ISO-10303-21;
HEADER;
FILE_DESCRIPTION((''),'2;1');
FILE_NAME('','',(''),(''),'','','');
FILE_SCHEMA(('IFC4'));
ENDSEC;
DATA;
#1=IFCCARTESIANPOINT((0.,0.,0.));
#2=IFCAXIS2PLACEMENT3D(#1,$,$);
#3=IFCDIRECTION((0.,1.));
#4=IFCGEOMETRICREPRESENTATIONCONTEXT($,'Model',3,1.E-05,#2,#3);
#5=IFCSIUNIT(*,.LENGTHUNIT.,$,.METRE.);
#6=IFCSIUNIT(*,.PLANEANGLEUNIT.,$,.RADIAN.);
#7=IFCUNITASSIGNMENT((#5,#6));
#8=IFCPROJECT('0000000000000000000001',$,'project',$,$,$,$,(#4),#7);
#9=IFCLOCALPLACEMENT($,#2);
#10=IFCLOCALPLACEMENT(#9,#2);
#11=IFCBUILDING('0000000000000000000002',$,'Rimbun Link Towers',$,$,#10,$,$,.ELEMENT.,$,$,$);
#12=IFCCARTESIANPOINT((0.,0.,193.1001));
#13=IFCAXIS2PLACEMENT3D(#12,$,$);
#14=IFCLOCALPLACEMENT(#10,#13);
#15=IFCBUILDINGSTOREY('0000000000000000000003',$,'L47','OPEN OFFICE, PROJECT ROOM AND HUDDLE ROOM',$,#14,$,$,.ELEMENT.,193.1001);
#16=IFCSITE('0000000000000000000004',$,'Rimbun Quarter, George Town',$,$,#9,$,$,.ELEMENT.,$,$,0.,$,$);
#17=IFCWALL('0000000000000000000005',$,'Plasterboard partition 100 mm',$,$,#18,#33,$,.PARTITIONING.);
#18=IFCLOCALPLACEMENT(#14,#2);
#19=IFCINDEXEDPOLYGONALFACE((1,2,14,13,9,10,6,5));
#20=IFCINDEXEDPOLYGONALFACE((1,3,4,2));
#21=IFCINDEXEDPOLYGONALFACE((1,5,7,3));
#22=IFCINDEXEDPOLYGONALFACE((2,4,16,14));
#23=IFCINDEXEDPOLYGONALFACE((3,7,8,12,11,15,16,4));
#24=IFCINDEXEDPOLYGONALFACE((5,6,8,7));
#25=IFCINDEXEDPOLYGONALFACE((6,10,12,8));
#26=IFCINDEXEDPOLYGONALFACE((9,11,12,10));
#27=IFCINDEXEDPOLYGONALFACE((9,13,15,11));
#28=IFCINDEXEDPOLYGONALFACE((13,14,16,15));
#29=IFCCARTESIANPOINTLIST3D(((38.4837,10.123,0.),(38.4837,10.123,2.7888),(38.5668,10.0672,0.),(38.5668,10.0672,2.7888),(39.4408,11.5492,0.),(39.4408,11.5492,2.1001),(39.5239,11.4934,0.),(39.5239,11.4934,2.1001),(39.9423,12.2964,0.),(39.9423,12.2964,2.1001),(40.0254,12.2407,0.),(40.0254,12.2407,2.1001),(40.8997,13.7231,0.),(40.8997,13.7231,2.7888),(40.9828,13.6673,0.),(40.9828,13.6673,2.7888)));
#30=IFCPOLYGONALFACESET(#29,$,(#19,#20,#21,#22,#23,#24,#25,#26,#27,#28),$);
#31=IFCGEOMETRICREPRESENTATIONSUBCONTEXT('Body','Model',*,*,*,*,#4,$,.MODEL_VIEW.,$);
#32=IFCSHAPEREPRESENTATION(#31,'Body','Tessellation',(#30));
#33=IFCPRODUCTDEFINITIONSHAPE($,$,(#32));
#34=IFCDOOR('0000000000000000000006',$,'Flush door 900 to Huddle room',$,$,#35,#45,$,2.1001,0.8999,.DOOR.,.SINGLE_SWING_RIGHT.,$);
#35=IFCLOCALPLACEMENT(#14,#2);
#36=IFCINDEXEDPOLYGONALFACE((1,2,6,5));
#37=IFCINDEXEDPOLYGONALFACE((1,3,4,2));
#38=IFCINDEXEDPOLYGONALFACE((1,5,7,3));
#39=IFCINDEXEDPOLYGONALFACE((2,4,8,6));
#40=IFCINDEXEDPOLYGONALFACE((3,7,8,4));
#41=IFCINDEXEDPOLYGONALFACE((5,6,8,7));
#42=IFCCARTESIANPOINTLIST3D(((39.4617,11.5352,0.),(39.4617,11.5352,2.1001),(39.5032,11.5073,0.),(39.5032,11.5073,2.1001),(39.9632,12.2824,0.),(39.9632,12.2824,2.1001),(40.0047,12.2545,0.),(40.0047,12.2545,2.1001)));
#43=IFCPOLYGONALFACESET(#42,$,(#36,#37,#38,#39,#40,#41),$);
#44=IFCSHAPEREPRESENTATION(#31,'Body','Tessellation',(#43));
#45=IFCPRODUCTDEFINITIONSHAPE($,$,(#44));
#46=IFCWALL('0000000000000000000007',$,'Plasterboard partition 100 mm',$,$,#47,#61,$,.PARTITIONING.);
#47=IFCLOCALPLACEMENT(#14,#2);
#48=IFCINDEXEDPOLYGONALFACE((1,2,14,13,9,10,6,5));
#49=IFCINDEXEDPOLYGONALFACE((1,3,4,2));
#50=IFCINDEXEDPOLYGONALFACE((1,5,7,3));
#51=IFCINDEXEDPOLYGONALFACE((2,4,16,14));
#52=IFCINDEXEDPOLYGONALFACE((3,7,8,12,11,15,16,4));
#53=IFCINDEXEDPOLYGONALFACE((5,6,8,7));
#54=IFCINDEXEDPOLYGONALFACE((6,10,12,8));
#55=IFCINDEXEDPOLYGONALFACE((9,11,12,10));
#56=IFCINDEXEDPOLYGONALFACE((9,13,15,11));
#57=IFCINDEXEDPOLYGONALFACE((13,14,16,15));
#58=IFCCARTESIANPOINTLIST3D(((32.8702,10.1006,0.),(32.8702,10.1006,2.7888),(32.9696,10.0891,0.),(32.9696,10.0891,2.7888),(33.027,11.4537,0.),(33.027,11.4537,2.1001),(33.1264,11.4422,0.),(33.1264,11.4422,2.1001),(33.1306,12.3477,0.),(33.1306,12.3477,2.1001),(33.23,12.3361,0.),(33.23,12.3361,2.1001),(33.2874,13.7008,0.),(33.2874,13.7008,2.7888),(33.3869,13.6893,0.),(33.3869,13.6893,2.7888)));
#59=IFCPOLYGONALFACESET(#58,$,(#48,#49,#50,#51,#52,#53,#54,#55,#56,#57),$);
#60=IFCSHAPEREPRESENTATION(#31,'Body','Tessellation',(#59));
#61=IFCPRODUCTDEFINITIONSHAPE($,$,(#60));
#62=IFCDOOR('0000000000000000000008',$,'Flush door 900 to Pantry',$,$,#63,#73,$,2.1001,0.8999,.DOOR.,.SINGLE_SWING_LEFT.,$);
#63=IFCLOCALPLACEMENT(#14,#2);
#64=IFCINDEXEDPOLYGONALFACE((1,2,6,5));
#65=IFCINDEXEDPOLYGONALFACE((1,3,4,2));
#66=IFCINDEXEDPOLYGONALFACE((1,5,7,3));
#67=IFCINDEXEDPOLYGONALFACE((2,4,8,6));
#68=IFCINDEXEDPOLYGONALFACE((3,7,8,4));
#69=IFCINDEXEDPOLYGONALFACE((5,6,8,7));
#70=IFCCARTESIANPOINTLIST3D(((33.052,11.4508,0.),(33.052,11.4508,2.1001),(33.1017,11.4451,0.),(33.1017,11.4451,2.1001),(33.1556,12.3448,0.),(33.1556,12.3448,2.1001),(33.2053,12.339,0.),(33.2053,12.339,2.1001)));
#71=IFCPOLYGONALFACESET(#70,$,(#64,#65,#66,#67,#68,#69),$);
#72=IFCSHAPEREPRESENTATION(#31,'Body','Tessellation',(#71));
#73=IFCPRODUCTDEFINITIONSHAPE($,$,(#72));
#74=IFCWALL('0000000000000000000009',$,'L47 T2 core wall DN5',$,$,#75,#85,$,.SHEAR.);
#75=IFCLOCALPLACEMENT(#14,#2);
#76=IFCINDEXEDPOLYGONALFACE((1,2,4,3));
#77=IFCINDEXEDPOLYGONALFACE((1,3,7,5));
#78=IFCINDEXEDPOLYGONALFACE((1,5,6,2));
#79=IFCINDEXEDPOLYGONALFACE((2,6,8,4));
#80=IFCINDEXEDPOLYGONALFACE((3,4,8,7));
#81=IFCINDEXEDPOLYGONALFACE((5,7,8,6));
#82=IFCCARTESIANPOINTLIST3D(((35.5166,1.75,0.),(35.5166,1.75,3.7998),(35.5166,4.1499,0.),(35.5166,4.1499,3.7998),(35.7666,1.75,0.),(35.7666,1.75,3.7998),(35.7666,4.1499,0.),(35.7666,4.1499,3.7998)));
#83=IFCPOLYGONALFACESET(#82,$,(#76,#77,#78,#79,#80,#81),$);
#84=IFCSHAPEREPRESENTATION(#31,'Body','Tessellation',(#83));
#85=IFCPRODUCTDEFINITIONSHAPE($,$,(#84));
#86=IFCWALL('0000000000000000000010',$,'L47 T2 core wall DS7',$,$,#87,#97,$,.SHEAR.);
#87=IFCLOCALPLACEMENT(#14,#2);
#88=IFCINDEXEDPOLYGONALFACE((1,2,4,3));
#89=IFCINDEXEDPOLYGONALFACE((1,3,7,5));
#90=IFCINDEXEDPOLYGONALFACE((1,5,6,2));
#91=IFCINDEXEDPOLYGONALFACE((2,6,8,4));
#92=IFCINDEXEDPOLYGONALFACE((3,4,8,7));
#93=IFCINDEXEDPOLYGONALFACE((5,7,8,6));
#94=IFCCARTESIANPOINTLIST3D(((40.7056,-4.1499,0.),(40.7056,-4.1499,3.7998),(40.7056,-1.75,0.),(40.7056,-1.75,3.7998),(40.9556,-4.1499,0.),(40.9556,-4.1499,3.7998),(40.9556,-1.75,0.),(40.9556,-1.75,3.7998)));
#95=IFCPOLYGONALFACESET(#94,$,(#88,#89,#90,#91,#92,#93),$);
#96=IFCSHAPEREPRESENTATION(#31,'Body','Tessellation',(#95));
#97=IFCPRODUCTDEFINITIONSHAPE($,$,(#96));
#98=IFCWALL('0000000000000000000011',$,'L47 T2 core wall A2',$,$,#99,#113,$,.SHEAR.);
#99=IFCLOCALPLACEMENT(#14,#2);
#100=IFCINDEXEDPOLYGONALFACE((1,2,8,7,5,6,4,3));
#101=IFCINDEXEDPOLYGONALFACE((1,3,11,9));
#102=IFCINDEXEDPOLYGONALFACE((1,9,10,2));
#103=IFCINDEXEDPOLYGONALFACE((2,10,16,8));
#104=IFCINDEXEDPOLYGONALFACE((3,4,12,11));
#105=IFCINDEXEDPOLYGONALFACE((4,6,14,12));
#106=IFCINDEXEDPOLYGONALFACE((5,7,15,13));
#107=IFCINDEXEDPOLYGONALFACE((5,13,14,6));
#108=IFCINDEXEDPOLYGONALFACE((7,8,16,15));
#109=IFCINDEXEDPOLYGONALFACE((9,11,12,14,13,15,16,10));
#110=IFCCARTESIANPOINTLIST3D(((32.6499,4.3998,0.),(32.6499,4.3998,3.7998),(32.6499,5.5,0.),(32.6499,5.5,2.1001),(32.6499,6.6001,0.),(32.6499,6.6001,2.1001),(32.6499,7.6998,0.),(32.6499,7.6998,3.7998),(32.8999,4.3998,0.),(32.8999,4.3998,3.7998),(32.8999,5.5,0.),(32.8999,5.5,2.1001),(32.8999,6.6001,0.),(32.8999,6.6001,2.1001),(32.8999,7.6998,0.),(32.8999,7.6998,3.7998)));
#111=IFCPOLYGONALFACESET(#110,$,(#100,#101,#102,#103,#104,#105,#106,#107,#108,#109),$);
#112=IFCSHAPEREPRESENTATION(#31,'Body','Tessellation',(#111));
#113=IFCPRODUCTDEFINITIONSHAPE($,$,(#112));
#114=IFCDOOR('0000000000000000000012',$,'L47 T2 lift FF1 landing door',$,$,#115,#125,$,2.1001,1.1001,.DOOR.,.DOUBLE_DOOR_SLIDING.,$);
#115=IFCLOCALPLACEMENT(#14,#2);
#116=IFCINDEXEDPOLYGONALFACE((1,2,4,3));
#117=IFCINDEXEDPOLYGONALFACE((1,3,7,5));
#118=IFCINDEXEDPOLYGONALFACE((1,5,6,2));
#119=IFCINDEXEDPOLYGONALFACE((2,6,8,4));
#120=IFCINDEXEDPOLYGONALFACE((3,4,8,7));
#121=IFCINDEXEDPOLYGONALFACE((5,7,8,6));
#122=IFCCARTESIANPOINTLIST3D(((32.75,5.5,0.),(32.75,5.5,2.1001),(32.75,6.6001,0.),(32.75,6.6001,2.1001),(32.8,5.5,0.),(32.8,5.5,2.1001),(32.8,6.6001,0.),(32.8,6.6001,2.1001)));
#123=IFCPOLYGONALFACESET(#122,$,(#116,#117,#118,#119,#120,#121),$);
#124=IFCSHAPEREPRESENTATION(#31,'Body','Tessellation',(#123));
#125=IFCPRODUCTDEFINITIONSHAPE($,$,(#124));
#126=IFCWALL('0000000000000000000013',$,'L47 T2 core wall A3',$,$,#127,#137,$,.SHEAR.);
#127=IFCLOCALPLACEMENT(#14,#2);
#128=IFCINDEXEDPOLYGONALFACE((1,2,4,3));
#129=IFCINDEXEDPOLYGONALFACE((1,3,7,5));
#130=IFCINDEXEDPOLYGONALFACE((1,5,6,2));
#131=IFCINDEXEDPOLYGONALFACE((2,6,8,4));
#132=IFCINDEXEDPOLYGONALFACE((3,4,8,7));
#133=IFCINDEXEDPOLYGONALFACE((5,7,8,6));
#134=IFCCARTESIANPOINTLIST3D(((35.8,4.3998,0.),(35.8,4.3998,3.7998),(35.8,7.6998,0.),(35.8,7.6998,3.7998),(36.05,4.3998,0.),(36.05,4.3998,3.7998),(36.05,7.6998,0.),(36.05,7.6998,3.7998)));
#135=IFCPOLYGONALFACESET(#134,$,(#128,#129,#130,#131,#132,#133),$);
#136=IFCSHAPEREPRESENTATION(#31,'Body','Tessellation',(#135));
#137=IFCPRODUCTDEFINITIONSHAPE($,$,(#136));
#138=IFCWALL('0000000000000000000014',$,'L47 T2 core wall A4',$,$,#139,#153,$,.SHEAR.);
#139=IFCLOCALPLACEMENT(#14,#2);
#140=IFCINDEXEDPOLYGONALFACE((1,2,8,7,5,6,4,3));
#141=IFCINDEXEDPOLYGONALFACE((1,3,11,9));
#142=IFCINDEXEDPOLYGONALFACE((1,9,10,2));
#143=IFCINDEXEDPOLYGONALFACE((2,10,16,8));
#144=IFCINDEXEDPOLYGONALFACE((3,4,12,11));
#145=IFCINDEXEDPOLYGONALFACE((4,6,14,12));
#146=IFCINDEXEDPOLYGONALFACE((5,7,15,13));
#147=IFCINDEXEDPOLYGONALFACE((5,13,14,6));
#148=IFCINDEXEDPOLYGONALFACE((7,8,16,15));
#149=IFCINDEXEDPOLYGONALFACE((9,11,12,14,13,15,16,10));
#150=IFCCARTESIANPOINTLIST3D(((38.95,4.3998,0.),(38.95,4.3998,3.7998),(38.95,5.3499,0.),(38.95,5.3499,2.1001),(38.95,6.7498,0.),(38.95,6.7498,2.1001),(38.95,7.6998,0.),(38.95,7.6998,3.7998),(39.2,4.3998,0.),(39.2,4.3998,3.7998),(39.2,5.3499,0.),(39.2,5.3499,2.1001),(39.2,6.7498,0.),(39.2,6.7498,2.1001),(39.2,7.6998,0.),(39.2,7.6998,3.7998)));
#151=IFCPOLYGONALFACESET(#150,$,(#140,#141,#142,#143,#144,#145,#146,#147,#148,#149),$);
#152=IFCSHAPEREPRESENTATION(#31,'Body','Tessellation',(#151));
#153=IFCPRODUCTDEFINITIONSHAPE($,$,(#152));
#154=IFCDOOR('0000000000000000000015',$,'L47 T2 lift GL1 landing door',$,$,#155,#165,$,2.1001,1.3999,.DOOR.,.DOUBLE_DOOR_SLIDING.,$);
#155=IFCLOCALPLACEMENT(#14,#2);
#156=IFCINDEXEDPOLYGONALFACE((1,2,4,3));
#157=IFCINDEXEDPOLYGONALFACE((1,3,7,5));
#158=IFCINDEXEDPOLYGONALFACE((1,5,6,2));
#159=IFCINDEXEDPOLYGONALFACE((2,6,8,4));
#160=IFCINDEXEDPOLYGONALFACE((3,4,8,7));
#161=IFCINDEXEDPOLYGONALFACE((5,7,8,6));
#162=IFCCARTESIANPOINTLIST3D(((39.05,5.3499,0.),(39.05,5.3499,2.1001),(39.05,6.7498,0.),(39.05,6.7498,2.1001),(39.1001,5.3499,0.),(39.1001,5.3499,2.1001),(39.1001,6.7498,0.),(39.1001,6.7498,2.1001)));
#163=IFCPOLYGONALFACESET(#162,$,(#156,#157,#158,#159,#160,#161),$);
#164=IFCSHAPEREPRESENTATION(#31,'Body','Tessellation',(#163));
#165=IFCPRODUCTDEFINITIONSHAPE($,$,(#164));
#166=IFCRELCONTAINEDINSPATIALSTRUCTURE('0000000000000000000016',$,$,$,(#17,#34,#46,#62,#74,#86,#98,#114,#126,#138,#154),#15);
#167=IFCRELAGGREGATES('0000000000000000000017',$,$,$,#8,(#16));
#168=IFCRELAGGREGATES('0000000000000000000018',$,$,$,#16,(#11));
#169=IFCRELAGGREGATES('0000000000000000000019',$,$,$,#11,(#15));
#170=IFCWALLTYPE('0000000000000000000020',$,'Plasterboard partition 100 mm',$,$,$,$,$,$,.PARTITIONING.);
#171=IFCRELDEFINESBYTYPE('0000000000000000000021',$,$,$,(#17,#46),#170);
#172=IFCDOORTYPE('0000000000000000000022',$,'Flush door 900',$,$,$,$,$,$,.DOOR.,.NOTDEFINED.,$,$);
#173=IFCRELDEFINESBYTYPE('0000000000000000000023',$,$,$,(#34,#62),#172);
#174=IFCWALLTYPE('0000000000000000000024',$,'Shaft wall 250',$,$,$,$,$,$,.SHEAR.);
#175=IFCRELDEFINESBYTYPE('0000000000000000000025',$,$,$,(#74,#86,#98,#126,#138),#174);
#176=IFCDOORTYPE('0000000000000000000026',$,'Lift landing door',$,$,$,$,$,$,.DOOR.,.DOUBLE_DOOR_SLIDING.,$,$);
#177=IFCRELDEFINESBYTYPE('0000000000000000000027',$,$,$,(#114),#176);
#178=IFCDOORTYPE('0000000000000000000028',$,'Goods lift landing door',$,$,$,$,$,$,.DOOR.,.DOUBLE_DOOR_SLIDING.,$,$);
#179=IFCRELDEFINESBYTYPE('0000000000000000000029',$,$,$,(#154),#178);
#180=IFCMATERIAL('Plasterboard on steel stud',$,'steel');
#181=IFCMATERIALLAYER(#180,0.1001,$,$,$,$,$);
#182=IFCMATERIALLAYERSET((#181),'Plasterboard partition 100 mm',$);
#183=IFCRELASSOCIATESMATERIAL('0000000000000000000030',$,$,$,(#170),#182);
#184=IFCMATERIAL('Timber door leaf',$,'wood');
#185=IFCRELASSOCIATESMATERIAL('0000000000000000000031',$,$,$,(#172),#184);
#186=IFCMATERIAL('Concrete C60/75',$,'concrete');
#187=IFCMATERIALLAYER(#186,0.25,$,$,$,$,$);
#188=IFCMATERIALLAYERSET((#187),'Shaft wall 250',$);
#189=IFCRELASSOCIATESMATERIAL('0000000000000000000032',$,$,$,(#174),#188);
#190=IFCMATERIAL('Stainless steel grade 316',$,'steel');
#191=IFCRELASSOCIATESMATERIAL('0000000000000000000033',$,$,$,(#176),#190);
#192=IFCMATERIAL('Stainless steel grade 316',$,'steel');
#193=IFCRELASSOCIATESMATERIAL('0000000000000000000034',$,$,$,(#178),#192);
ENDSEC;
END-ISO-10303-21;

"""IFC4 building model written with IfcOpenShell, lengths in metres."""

from ifc_helpers import new_model, si_unit, direction, frame, frame_2d, origin, place, context, subcontext, project, spatial, rectangle, extrude, material, layer, layer_set, type_object, element, fill, save


model = new_model("IFC4")

# Units and contexts
model_context = context("Model", 3, precision=1e-05, world=origin(), true_north=direction((0.0, 1.0)))
body_context = subcontext(model_context, "Body", "Model", "MODEL_VIEW")
ifc_project = project(units=[si_unit("LENGTHUNIT", "METRE"), si_unit("PLANEANGLEUNIT", "RADIAN")], contexts=[model_context])

# Site, building, storey
site_placement = place(None, origin())
site = spatial("IfcSite", under=ifc_project, at=site_placement, Name="Rimbun Quarter, George Town", CompositionType="ELEMENT", RefElevation=0.0)
building_placement = place(site_placement, origin())
building = spatial("IfcBuilding", under=site, at=building_placement, Name="Rimbun Link Towers", CompositionType="ELEMENT")
storey_placement = place(building_placement, frame((0.0, 0.0, 193.1001)))
storey = spatial("IfcBuildingStorey", under=building, at=storey_placement, Name="L47", Description="OPEN OFFICE, PROJECT ROOM AND HUDDLE ROOM", CompositionType="ELEMENT", Elevation=193.1001)

# Walls, openings, doors
ifc_material_1 = material(Name="Plasterboard on steel stud", Category="steel")
ifc_layer_1 = layer(ifc_material_1, 0.1001)
ifc_layer_set_1 = layer_set([ifc_layer_1], Name="Plasterboard partition 100 mm")
wall_type_1 = type_object("IfcWallType", Name="Plasterboard partition 100 mm", PredefinedType="PARTITIONING", material=ifc_layer_set_1)
wall_1_placement = place(storey_placement, frame((38.5251, 10.095, 0.0), z_axis=(0.0, 0.0, 1.0), x_axis=(0.557245, 0.830348, 0.0)))
wall_1 = element("IfcWall", 1, at=wall_1_placement, inside=storey, type_object=wall_type_1, Name="Plasterboard partition 100 mm", PredefinedType="PARTITIONING", context=body_context, shape_type="SweptSolid", body=[
    extrude(rectangle(XDim=4.3357, YDim=0.1001, at=frame_2d((2.168, 0.0))), origin(), (0.0, 0.0, 1.0), 2.7888),
])
opening_1_placement = place(wall_1_placement, frame((1.7178, 0.0, 0.0)))
opening_1 = element("IfcOpeningElement", 2, at=opening_1_placement, cuts=wall_1, PredefinedType="OPENING", context=body_context, shape_type="SweptSolid", body=[
    extrude(rectangle(XDim=0.8999, YDim=2.1001, at=frame_2d((0.45, 1.05))), frame((0.0, 0.0601, 0.0), z_axis=(0.0, -1.0, 0.0), x_axis=(1.0, 0.0, 0.0)), (0.0, 0.0, 1.0), 0.1201),
])
ifc_material_2 = material(Name="Timber door leaf", Category="wood")
door_type_1 = type_object("IfcDoorType", Name="Flush door 900", OperationType="NOTDEFINED", PredefinedType="DOOR", material=ifc_material_2)
door_1_placement = place(opening_1_placement, origin())
door_1 = element("IfcDoor", 3, at=door_1_placement, inside=storey, type_object=door_type_1, Name="Flush door 900 to Huddle room", OperationType="SINGLE_SWING_RIGHT", OverallHeight=2.1001, OverallWidth=0.8999, PredefinedType="DOOR", context=body_context, shape_type="SweptSolid", body=[
    extrude(rectangle(XDim=0.8999, YDim=2.1001, at=frame_2d((0.45, 1.05))), frame((0.0, 0.0249, 0.0), z_axis=(0.0, -1.0, 0.0), x_axis=(1.0, 0.0, 0.0)), (0.0, 0.0, 1.0), 0.05),
])
fill(opening_1, door_1)
wall_2_placement = place(storey_placement, frame((32.9199, 10.095, 0.0), z_axis=(0.0, 0.0, 1.0), x_axis=(0.115125, 0.993351, 0.0)))
wall_2 = element("IfcWall", 4, at=wall_2_placement, inside=storey, type_object=wall_type_1, Name="Plasterboard partition 100 mm", PredefinedType="PARTITIONING", context=body_context, shape_type="SweptSolid", body=[
    extrude(rectangle(XDim=3.6243, YDim=0.1001, at=frame_2d((1.812, 0.0))), origin(), (0.0, 0.0, 1.0), 2.7888),
])
opening_2_placement = place(wall_2_placement, frame((1.3621, 0.0, 0.0)))
opening_2 = element("IfcOpeningElement", 5, at=opening_2_placement, cuts=wall_2, PredefinedType="OPENING", context=body_context, shape_type="SweptSolid", body=[
    extrude(rectangle(XDim=0.8999, YDim=2.1001, at=frame_2d((0.45, 1.05))), frame((0.0, 0.0601, 0.0), z_axis=(0.0, -1.0, 0.0), x_axis=(1.0, 0.0, 0.0)), (0.0, 0.0, 1.0), 0.1201),
])
door_2_placement = place(opening_2_placement, origin())
door_2 = element("IfcDoor", 6, at=door_2_placement, inside=storey, type_object=door_type_1, Name="Flush door 900 to Pantry", OperationType="SINGLE_SWING_LEFT", OverallHeight=2.1001, OverallWidth=0.8999, PredefinedType="DOOR", context=body_context, shape_type="SweptSolid", body=[
    extrude(rectangle(XDim=0.8999, YDim=2.1001, at=frame_2d((0.45, 1.05))), frame((0.0, 0.0249, 0.0), z_axis=(0.0, -1.0, 0.0), x_axis=(1.0, 0.0, 0.0)), (0.0, 0.0, 1.0), 0.05),
])
fill(opening_2, door_2)

# Walls
ifc_material_3 = material(Name="Concrete C60/75", Category="concrete")
ifc_layer_2 = layer(ifc_material_3, 0.25)
ifc_layer_set_2 = layer_set([ifc_layer_2], Name="Shaft wall 250")
wall_type_2 = type_object("IfcWallType", Name="Shaft wall 250", PredefinedType="SHEAR", material=ifc_layer_set_2)
for number, where, z_axis, x_axis, name in (
    (7, (35.6416, 1.75, 0.0), (0.0, 0.0, 1.0), (0.0, 1.0, 0.0), "L47 T2 core wall DN5"),
    (8, (40.8306, -4.1499, 0.0), (0.0, 0.0, 1.0), (0.0, 1.0, 0.0), "L47 T2 core wall DS7"),
):
    element("IfcWall", number, at=place(storey_placement, frame(where, z_axis=z_axis, x_axis=x_axis)), inside=storey, type_object=wall_type_2, Name=name, PredefinedType="SHEAR", context=body_context, shape_type="SweptSolid", body=[
        extrude(rectangle(XDim=2.3999, YDim=0.25, at=frame_2d((1.2, 0.0))), origin(), (0.0, 0.0, 1.0), 3.7998),
    ])

# Wall, opening, door
wall_3_placement = place(storey_placement, frame((32.7749, 4.3999, 0.0), z_axis=(0.0, 0.0, 1.0), x_axis=(0.0, 1.0, 0.0)))
wall_3 = element("IfcWall", 9, at=wall_3_placement, inside=storey, type_object=wall_type_2, Name="L47 T2 core wall A2", PredefinedType="SHEAR", context=body_context, shape_type="SweptSolid", body=[
    extrude(rectangle(XDim=3.3, YDim=0.25, at=frame_2d((1.6499, 0.0))), origin(), (0.0, 0.0, 1.0), 3.7998),
])
opening_3_placement = place(wall_3_placement, frame((1.1001, 0.0, 0.0)))
opening_3 = element("IfcOpeningElement", 10, at=opening_3_placement, cuts=wall_3, PredefinedType="OPENING", context=body_context, shape_type="SweptSolid", body=[
    extrude(rectangle(XDim=1.1001, YDim=2.1001, at=frame_2d((0.55, 1.05))), frame((0.0, 0.135, 0.0), z_axis=(0.0, -1.0, 0.0), x_axis=(1.0, 0.0, 0.0)), (0.0, 0.0, 1.0), 0.27),
])
ifc_material_4 = material(Name="Stainless steel grade 316", Category="steel")
door_type_2 = type_object("IfcDoorType", Name="Lift landing door", OperationType="DOUBLE_DOOR_SLIDING", PredefinedType="DOOR", material=ifc_material_4)
door_3_placement = place(opening_3_placement, origin())
door_3 = element("IfcDoor", 11, at=door_3_placement, inside=storey, type_object=door_type_2, Name="L47 T2 lift FF1 landing door", OperationType="DOUBLE_DOOR_SLIDING", OverallHeight=2.1001, OverallWidth=1.1001, PredefinedType="DOOR", context=body_context, shape_type="SweptSolid", body=[
    extrude(rectangle(XDim=1.1001, YDim=2.1001, at=frame_2d((0.55, 1.05))), frame((0.0, 0.0249, 0.0), z_axis=(0.0, -1.0, 0.0), x_axis=(1.0, 0.0, 0.0)), (0.0, 0.0, 1.0), 0.05),
])
fill(opening_3, door_3)

# Wall
wall_4_placement = place(storey_placement, frame((35.925, 4.3999, 0.0), z_axis=(0.0, 0.0, 1.0), x_axis=(0.0, 1.0, 0.0)))
element("IfcWall", 12, at=wall_4_placement, inside=storey, type_object=wall_type_2, Name="L47 T2 core wall A3", PredefinedType="SHEAR", context=body_context, shape_type="SweptSolid", body=[
    extrude(rectangle(XDim=3.3, YDim=0.25, at=frame_2d((1.6499, 0.0))), origin(), (0.0, 0.0, 1.0), 3.7998),
])

# Wall, opening, door
wall_5_placement = place(storey_placement, frame((39.075, 4.3999, 0.0), z_axis=(0.0, 0.0, 1.0), x_axis=(0.0, 1.0, 0.0)))
wall_5 = element("IfcWall", 13, at=wall_5_placement, inside=storey, type_object=wall_type_2, Name="L47 T2 core wall A4", PredefinedType="SHEAR", context=body_context, shape_type="SweptSolid", body=[
    extrude(rectangle(XDim=3.3, YDim=0.25, at=frame_2d((1.6499, 0.0))), origin(), (0.0, 0.0, 1.0), 3.7998),
])
opening_4_placement = place(wall_5_placement, frame((0.95, 0.0, 0.0)))
opening_4 = element("IfcOpeningElement", 14, at=opening_4_placement, cuts=wall_5, PredefinedType="OPENING", context=body_context, shape_type="SweptSolid", body=[
    extrude(rectangle(XDim=1.3999, YDim=2.1001, at=frame_2d((0.7, 1.05))), frame((0.0, 0.135, 0.0), z_axis=(0.0, -1.0, 0.0), x_axis=(1.0, 0.0, 0.0)), (0.0, 0.0, 1.0), 0.27),
])
ifc_material_5 = material(Name="Stainless steel grade 316", Category="steel")
door_type_3 = type_object("IfcDoorType", Name="Goods lift landing door", OperationType="DOUBLE_DOOR_SLIDING", PredefinedType="DOOR", material=ifc_material_5)
door_4_placement = place(opening_4_placement, origin())
door_4 = element("IfcDoor", 15, at=door_4_placement, inside=storey, type_object=door_type_3, Name="L47 T2 lift GL1 landing door", OperationType="DOUBLE_DOOR_SLIDING", OverallHeight=2.1001, OverallWidth=1.3999, PredefinedType="DOOR", context=body_context, shape_type="SweptSolid", body=[
    extrude(rectangle(XDim=1.3999, YDim=2.1001, at=frame_2d((0.7, 1.05))), frame((0.0, 0.0249, 0.0), z_axis=(0.0, -1.0, 0.0), x_axis=(1.0, 0.0, 0.0)), (0.0, 0.0, 1.0), 0.05),
])
fill(opening_4, door_4)

save(model, "model.ifc")
